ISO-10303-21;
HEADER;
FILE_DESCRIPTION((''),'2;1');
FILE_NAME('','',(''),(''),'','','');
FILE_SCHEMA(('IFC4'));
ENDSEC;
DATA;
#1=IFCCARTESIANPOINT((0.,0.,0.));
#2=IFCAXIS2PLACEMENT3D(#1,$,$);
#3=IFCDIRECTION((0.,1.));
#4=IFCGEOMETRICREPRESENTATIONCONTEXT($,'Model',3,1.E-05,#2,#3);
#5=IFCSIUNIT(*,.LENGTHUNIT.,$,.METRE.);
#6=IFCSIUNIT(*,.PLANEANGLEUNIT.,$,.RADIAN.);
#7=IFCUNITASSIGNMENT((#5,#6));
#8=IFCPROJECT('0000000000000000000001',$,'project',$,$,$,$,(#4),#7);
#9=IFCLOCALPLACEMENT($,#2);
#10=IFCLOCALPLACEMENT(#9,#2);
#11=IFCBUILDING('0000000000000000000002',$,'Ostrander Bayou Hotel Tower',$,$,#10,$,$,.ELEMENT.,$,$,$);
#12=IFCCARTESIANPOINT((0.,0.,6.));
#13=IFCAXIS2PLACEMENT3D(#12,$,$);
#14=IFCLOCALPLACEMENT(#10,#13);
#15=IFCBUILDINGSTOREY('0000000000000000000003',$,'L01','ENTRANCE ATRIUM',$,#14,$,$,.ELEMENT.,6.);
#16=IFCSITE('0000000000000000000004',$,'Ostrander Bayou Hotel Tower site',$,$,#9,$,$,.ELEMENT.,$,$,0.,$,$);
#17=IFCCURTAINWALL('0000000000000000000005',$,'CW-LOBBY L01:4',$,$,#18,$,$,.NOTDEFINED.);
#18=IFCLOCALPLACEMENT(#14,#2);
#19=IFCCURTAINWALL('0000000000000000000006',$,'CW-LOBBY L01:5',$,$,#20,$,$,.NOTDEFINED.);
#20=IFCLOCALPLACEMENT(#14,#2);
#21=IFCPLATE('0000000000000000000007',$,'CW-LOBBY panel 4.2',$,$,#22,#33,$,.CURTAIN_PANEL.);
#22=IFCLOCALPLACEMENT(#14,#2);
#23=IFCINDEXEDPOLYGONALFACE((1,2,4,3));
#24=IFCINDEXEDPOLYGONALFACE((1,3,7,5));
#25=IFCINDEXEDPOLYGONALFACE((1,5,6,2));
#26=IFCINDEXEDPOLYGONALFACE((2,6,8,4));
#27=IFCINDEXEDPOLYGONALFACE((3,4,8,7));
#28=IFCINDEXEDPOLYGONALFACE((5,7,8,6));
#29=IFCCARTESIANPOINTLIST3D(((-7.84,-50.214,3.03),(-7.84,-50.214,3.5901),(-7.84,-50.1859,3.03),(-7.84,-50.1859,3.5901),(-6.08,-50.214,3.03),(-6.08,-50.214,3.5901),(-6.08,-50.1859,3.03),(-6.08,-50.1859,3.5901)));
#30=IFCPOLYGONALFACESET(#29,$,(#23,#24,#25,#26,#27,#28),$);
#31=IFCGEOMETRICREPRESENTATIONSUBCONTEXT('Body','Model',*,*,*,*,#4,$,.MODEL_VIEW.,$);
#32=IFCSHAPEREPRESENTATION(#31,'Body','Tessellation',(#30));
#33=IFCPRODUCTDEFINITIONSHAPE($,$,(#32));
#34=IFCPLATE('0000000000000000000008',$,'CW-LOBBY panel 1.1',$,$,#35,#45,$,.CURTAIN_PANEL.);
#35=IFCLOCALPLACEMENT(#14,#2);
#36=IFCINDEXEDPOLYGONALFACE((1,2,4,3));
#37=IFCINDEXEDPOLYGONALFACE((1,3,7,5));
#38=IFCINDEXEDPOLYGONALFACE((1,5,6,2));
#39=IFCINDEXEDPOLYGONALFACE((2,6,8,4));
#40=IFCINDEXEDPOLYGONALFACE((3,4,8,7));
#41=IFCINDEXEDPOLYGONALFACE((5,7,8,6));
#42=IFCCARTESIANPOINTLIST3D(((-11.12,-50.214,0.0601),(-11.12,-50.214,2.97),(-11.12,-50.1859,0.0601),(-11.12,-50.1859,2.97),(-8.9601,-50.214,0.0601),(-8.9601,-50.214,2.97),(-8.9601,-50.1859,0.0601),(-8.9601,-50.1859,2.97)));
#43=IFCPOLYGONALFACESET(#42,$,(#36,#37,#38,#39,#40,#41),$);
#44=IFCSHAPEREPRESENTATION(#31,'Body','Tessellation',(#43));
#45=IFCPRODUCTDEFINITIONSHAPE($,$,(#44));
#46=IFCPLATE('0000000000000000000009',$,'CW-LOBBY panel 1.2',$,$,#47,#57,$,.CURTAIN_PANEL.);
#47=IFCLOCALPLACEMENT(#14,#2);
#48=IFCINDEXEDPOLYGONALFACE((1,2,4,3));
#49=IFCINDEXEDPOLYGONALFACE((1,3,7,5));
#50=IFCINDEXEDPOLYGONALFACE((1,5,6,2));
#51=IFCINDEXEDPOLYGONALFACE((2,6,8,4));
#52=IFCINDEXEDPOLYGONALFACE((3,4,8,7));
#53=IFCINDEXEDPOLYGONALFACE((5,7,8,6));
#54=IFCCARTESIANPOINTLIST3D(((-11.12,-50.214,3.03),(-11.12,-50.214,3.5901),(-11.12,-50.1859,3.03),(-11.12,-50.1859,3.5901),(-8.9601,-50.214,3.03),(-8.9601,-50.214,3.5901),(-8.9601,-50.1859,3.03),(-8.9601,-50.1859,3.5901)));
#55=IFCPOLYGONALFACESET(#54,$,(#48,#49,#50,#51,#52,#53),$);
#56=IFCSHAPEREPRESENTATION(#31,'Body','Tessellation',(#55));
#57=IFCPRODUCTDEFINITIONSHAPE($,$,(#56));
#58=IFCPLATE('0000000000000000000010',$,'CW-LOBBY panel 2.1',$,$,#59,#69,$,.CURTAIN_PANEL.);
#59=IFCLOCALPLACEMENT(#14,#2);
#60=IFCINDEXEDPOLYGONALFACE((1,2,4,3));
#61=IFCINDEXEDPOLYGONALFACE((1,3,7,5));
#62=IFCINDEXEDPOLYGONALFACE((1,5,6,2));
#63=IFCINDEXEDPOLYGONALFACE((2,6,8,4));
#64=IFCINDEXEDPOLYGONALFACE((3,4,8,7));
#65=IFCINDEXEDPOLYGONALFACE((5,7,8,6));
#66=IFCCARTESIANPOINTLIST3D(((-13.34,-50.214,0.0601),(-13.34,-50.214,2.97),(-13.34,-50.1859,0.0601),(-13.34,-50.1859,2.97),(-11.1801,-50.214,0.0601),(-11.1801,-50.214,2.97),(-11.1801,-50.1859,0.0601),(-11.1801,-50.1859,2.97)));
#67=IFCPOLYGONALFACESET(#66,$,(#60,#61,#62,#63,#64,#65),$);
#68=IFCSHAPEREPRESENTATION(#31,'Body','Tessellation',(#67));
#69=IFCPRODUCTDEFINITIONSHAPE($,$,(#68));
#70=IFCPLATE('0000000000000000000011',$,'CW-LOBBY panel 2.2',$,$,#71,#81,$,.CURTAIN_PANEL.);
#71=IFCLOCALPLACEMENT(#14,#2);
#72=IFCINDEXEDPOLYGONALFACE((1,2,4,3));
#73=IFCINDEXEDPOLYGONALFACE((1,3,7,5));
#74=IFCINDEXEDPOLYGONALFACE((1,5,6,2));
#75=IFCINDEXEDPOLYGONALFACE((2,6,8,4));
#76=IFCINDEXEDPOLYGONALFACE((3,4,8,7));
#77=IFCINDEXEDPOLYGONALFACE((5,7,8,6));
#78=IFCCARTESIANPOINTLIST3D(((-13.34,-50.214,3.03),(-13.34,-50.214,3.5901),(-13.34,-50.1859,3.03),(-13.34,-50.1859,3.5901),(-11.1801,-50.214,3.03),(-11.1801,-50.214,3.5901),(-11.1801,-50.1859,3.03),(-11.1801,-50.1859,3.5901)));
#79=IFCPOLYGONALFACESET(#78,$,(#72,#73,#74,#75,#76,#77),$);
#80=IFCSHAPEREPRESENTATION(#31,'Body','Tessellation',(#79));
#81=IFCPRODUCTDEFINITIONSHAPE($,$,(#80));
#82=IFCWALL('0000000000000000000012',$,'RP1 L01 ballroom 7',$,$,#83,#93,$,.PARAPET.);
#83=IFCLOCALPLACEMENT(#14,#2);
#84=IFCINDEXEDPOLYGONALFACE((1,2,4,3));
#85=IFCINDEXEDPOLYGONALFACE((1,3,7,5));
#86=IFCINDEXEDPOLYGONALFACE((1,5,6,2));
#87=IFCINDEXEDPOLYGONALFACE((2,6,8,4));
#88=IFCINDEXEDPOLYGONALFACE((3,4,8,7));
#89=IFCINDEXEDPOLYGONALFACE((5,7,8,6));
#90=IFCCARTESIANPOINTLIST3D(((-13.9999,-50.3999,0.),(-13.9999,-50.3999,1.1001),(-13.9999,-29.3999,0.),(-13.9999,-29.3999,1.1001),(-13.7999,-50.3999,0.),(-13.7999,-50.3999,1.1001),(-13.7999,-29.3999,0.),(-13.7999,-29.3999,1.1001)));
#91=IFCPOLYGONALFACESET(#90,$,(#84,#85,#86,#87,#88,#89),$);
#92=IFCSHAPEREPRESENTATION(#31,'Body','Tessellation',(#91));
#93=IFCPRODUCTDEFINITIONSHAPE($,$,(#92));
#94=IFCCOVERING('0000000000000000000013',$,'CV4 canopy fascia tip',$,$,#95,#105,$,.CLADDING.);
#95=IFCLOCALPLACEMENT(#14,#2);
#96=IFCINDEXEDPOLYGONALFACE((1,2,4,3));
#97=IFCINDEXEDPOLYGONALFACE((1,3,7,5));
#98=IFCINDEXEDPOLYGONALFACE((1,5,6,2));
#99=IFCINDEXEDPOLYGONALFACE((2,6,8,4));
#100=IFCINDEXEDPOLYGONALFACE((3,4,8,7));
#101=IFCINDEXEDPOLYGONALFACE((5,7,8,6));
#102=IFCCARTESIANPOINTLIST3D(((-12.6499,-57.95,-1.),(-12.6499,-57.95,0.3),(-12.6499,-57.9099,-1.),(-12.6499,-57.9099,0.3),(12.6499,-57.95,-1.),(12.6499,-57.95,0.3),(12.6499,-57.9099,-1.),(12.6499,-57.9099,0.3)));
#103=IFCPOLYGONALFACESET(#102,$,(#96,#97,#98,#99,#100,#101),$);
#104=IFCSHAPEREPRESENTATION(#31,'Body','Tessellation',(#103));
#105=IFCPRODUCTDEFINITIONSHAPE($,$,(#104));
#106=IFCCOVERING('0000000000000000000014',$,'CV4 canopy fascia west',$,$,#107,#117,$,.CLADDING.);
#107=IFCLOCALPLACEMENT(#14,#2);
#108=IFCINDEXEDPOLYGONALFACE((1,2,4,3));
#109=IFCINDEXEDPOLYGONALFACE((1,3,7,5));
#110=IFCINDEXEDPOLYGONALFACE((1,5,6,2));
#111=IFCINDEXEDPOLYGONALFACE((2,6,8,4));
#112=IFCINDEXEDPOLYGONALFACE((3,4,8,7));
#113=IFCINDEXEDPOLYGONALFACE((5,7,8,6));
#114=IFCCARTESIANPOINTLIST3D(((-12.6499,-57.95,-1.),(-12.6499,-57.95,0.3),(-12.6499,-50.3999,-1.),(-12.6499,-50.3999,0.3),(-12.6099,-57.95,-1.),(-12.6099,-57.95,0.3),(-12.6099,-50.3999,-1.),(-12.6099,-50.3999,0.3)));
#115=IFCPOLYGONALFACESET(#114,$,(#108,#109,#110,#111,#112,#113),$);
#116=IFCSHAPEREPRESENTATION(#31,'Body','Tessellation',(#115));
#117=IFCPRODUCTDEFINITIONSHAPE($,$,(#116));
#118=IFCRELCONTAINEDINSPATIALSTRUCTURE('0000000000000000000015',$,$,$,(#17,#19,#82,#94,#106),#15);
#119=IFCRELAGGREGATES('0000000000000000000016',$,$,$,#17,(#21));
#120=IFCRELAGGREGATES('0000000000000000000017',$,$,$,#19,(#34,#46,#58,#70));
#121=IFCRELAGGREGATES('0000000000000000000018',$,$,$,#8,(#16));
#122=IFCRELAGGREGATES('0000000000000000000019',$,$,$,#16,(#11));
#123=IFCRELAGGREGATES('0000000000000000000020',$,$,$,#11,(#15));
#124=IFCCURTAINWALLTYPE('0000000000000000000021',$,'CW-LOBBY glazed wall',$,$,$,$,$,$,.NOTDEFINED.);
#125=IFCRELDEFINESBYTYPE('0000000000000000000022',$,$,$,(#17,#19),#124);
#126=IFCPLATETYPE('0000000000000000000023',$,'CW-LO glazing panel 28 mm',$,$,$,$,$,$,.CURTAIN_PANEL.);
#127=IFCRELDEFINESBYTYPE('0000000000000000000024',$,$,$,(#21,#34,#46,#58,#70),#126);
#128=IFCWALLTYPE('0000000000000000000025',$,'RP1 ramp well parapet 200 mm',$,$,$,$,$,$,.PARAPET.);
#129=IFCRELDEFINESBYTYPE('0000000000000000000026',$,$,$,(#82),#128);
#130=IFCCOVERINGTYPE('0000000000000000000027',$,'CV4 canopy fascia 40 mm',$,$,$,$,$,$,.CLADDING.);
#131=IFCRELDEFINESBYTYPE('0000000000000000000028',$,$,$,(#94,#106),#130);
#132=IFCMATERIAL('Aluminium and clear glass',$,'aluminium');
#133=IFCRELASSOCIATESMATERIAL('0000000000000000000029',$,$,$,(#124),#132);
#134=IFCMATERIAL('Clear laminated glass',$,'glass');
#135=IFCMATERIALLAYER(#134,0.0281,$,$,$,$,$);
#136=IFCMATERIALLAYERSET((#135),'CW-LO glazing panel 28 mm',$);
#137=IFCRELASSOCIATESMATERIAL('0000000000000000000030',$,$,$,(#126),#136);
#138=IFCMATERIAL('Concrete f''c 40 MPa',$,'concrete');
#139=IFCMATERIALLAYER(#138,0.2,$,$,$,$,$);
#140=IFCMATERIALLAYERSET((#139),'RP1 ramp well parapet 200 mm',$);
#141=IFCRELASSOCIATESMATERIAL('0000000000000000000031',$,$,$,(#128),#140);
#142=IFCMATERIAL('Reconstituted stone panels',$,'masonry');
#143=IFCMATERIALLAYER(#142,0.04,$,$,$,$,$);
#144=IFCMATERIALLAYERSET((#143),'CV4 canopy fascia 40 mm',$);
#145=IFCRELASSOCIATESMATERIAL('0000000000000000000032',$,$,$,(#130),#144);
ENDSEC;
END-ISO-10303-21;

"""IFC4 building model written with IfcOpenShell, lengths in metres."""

from ifc_helpers import new_model, si_unit, direction, frame, frame_2d, origin, origin_2d, place, context, subcontext, project, spatial, polyline, rectangle, outline, extrude, material, layer, layer_set, type_object, element, aggregate, save


model = new_model("IFC4")

# Units and contexts
model_context = context("Model", 3, precision=1e-05, world=origin(), true_north=direction((0.0, 1.0)))
body_context = subcontext(model_context, "Body", "Model", "MODEL_VIEW")
ifc_project = project(units=[si_unit("LENGTHUNIT", "METRE"), si_unit("PLANEANGLEUNIT", "RADIAN")], contexts=[model_context])

# Site, building, storey
site_placement = place(None, origin())
site = spatial("IfcSite", under=ifc_project, at=site_placement, Name="Ostrander Bayou Hotel Tower site", CompositionType="ELEMENT", RefElevation=0.0)
building_placement = place(site_placement, origin())
building = spatial("IfcBuilding", under=site, at=building_placement, Name="Ostrander Bayou Hotel Tower", CompositionType="ELEMENT")
storey_placement = place(building_placement, frame((0.0, 0.0, 6.0)))
storey = spatial("IfcBuildingStorey", under=building, at=storey_placement, Name="L01", Description="ENTRANCE ATRIUM", CompositionType="ELEMENT", Elevation=6.0)

# Curtain walls
ifc_material_1 = material(Name="Aluminium and clear glass", Category="aluminium")
curtain_wall_type = type_object("IfcCurtainWallType", Name="CW-LOBBY glazed wall", PredefinedType="NOTDEFINED", material=ifc_material_1)
curtain_wall_1_placement = place(storey_placement, origin())
curtain_wall_1 = element("IfcCurtainWall", 1, at=curtain_wall_1_placement, inside=storey, type_object=curtain_wall_type, Name="CW-LOBBY L01:4", PredefinedType="NOTDEFINED")
curtain_wall_2_placement = place(storey_placement, origin())
curtain_wall_2 = element("IfcCurtainWall", 2, at=curtain_wall_2_placement, inside=storey, type_object=curtain_wall_type, Name="CW-LOBBY L01:5", PredefinedType="NOTDEFINED")

# Plates
ifc_material_2 = material(Name="Clear laminated glass", Category="glass")
ifc_layer_1 = layer(ifc_material_2, 0.0281)
ifc_layer_set_1 = layer_set([ifc_layer_1], Name="CW-LO glazing panel 28 mm")
plate_type = type_object("IfcPlateType", Name="CW-LO glazing panel 28 mm", PredefinedType="CURTAIN_PANEL", material=ifc_layer_set_1)
plate_1_placement = place(storey_placement, frame((-6.96, -50.2, 3.03), z_axis=(0.0, 0.0, 1.0), x_axis=(-1.0, 0.0, 0.0)))
plate_1 = element("IfcPlate", 3, at=plate_1_placement, type_object=plate_type, Name="CW-LOBBY panel 4.2", PredefinedType="CURTAIN_PANEL", context=body_context, shape_type="SweptSolid", body=[
    extrude(rectangle(XDim=1.76, YDim=0.0281, at=origin_2d()), origin(), (0.0, 0.0, 1.0), 0.5601),
])
aggregate(curtain_wall_1, [plate_1])
plate_2_placement = place(storey_placement, frame((-10.04, -50.2, 0.0601), z_axis=(0.0, 0.0, 1.0), x_axis=(-1.0, 0.0, 0.0)))
plate_2 = element("IfcPlate", 4, at=plate_2_placement, type_object=plate_type, Name="CW-LOBBY panel 1.1", PredefinedType="CURTAIN_PANEL", context=body_context, shape_type="SweptSolid", body=[
    extrude(rectangle(XDim=2.1599, YDim=0.0281, at=origin_2d()), origin(), (0.0, 0.0, 1.0), 2.9099),
])
plate_3_placement = place(storey_placement, frame((-10.04, -50.2, 3.03), z_axis=(0.0, 0.0, 1.0), x_axis=(-1.0, 0.0, 0.0)))
plate_3 = element("IfcPlate", 5, at=plate_3_placement, type_object=plate_type, Name="CW-LOBBY panel 1.2", PredefinedType="CURTAIN_PANEL", context=body_context, shape_type="SweptSolid", body=[
    extrude(rectangle(XDim=2.1599, YDim=0.0281, at=origin_2d()), origin(), (0.0, 0.0, 1.0), 0.5601),
])
plate_4_placement = place(storey_placement, frame((-12.26, -50.2, 0.0601), z_axis=(0.0, 0.0, 1.0), x_axis=(-1.0, 0.0, 0.0)))
plate_4 = element("IfcPlate", 6, at=plate_4_placement, type_object=plate_type, Name="CW-LOBBY panel 2.1", PredefinedType="CURTAIN_PANEL", context=body_context, shape_type="SweptSolid", body=[
    extrude(rectangle(XDim=2.1599, YDim=0.0281, at=origin_2d()), origin(), (0.0, 0.0, 1.0), 2.9099),
])
plate_5_placement = place(storey_placement, frame((-12.26, -50.2, 3.03), z_axis=(0.0, 0.0, 1.0), x_axis=(-1.0, 0.0, 0.0)))
plate_5 = element("IfcPlate", 7, at=plate_5_placement, type_object=plate_type, Name="CW-LOBBY panel 2.2", PredefinedType="CURTAIN_PANEL", context=body_context, shape_type="SweptSolid", body=[
    extrude(rectangle(XDim=2.1599, YDim=0.0281, at=origin_2d()), origin(), (0.0, 0.0, 1.0), 0.5601),
])
aggregate(curtain_wall_2, [plate_2, plate_3, plate_4, plate_5])

# Wall
ifc_material_3 = material(Name="Concrete f'c 40 MPa", Category="concrete")
ifc_layer_2 = layer(ifc_material_3, 0.2)
ifc_layer_set_2 = layer_set([ifc_layer_2], Name="RP1 ramp well parapet 200 mm")
wall_type = type_object("IfcWallType", Name="RP1 ramp well parapet 200 mm", PredefinedType="PARAPET", material=ifc_layer_set_2)
wall_placement = place(storey_placement, frame((-13.8999, -50.3999, 0.0), z_axis=(0.0, 0.0, 1.0), x_axis=(0.0, 1.0, 0.0)))
element("IfcWall", 8, at=wall_placement, inside=storey, type_object=wall_type, Name="RP1 L01 ballroom 7", PredefinedType="PARAPET", context=body_context, shape_type="SweptSolid", body=[
    extrude(rectangle(XDim=21.0, YDim=0.2, at=frame_2d((10.5, 0.0))), origin(), (0.0, 0.0, 1.0), 1.1001),
])

# Coverings
ifc_material_4 = material(Name="Reconstituted stone panels", Category="masonry")
ifc_layer_3 = layer(ifc_material_4, 0.04)
ifc_layer_set_3 = layer_set([ifc_layer_3], Name="CV4 canopy fascia 40 mm")
covering_type = type_object("IfcCoveringType", Name="CV4 canopy fascia 40 mm", PredefinedType="CLADDING", material=ifc_layer_set_3)
covering_1_placement = place(storey_placement, frame((-12.6499, -57.95, -1.0), z_axis=(0.0, -1.0, 0.0), x_axis=(1.0, 0.0, 0.0)))
element("IfcCovering", 9, at=covering_1_placement, inside=storey, type_object=covering_type, Name="CV4 canopy fascia tip", PredefinedType="CLADDING", context=body_context, shape_type="SweptSolid", body=[
    extrude(outline(polyline([(0.0, 0.0), (25.2998, 0.0), (25.2998, 1.3), (0.0, 1.3), (0.0, 0.0)])), origin(), (0.0, 0.0, -1.0), 0.04),
])
covering_2_placement = place(storey_placement, frame((-12.6499, -50.3999, -1.0), z_axis=(-1.0, 0.0, 0.0), x_axis=(0.0, -1.0, 0.0)))
element("IfcCovering", 10, at=covering_2_placement, inside=storey, type_object=covering_type, Name="CV4 canopy fascia west", PredefinedType="CLADDING", context=body_context, shape_type="SweptSolid", body=[
    extrude(outline(polyline([(0.0, 0.0), (7.55, 0.0), (7.55, 1.3), (0.0, 1.3), (0.0, 0.0)])), origin(), (0.0, 0.0, -1.0), 0.04),
])

save(model, "model.ifc")
